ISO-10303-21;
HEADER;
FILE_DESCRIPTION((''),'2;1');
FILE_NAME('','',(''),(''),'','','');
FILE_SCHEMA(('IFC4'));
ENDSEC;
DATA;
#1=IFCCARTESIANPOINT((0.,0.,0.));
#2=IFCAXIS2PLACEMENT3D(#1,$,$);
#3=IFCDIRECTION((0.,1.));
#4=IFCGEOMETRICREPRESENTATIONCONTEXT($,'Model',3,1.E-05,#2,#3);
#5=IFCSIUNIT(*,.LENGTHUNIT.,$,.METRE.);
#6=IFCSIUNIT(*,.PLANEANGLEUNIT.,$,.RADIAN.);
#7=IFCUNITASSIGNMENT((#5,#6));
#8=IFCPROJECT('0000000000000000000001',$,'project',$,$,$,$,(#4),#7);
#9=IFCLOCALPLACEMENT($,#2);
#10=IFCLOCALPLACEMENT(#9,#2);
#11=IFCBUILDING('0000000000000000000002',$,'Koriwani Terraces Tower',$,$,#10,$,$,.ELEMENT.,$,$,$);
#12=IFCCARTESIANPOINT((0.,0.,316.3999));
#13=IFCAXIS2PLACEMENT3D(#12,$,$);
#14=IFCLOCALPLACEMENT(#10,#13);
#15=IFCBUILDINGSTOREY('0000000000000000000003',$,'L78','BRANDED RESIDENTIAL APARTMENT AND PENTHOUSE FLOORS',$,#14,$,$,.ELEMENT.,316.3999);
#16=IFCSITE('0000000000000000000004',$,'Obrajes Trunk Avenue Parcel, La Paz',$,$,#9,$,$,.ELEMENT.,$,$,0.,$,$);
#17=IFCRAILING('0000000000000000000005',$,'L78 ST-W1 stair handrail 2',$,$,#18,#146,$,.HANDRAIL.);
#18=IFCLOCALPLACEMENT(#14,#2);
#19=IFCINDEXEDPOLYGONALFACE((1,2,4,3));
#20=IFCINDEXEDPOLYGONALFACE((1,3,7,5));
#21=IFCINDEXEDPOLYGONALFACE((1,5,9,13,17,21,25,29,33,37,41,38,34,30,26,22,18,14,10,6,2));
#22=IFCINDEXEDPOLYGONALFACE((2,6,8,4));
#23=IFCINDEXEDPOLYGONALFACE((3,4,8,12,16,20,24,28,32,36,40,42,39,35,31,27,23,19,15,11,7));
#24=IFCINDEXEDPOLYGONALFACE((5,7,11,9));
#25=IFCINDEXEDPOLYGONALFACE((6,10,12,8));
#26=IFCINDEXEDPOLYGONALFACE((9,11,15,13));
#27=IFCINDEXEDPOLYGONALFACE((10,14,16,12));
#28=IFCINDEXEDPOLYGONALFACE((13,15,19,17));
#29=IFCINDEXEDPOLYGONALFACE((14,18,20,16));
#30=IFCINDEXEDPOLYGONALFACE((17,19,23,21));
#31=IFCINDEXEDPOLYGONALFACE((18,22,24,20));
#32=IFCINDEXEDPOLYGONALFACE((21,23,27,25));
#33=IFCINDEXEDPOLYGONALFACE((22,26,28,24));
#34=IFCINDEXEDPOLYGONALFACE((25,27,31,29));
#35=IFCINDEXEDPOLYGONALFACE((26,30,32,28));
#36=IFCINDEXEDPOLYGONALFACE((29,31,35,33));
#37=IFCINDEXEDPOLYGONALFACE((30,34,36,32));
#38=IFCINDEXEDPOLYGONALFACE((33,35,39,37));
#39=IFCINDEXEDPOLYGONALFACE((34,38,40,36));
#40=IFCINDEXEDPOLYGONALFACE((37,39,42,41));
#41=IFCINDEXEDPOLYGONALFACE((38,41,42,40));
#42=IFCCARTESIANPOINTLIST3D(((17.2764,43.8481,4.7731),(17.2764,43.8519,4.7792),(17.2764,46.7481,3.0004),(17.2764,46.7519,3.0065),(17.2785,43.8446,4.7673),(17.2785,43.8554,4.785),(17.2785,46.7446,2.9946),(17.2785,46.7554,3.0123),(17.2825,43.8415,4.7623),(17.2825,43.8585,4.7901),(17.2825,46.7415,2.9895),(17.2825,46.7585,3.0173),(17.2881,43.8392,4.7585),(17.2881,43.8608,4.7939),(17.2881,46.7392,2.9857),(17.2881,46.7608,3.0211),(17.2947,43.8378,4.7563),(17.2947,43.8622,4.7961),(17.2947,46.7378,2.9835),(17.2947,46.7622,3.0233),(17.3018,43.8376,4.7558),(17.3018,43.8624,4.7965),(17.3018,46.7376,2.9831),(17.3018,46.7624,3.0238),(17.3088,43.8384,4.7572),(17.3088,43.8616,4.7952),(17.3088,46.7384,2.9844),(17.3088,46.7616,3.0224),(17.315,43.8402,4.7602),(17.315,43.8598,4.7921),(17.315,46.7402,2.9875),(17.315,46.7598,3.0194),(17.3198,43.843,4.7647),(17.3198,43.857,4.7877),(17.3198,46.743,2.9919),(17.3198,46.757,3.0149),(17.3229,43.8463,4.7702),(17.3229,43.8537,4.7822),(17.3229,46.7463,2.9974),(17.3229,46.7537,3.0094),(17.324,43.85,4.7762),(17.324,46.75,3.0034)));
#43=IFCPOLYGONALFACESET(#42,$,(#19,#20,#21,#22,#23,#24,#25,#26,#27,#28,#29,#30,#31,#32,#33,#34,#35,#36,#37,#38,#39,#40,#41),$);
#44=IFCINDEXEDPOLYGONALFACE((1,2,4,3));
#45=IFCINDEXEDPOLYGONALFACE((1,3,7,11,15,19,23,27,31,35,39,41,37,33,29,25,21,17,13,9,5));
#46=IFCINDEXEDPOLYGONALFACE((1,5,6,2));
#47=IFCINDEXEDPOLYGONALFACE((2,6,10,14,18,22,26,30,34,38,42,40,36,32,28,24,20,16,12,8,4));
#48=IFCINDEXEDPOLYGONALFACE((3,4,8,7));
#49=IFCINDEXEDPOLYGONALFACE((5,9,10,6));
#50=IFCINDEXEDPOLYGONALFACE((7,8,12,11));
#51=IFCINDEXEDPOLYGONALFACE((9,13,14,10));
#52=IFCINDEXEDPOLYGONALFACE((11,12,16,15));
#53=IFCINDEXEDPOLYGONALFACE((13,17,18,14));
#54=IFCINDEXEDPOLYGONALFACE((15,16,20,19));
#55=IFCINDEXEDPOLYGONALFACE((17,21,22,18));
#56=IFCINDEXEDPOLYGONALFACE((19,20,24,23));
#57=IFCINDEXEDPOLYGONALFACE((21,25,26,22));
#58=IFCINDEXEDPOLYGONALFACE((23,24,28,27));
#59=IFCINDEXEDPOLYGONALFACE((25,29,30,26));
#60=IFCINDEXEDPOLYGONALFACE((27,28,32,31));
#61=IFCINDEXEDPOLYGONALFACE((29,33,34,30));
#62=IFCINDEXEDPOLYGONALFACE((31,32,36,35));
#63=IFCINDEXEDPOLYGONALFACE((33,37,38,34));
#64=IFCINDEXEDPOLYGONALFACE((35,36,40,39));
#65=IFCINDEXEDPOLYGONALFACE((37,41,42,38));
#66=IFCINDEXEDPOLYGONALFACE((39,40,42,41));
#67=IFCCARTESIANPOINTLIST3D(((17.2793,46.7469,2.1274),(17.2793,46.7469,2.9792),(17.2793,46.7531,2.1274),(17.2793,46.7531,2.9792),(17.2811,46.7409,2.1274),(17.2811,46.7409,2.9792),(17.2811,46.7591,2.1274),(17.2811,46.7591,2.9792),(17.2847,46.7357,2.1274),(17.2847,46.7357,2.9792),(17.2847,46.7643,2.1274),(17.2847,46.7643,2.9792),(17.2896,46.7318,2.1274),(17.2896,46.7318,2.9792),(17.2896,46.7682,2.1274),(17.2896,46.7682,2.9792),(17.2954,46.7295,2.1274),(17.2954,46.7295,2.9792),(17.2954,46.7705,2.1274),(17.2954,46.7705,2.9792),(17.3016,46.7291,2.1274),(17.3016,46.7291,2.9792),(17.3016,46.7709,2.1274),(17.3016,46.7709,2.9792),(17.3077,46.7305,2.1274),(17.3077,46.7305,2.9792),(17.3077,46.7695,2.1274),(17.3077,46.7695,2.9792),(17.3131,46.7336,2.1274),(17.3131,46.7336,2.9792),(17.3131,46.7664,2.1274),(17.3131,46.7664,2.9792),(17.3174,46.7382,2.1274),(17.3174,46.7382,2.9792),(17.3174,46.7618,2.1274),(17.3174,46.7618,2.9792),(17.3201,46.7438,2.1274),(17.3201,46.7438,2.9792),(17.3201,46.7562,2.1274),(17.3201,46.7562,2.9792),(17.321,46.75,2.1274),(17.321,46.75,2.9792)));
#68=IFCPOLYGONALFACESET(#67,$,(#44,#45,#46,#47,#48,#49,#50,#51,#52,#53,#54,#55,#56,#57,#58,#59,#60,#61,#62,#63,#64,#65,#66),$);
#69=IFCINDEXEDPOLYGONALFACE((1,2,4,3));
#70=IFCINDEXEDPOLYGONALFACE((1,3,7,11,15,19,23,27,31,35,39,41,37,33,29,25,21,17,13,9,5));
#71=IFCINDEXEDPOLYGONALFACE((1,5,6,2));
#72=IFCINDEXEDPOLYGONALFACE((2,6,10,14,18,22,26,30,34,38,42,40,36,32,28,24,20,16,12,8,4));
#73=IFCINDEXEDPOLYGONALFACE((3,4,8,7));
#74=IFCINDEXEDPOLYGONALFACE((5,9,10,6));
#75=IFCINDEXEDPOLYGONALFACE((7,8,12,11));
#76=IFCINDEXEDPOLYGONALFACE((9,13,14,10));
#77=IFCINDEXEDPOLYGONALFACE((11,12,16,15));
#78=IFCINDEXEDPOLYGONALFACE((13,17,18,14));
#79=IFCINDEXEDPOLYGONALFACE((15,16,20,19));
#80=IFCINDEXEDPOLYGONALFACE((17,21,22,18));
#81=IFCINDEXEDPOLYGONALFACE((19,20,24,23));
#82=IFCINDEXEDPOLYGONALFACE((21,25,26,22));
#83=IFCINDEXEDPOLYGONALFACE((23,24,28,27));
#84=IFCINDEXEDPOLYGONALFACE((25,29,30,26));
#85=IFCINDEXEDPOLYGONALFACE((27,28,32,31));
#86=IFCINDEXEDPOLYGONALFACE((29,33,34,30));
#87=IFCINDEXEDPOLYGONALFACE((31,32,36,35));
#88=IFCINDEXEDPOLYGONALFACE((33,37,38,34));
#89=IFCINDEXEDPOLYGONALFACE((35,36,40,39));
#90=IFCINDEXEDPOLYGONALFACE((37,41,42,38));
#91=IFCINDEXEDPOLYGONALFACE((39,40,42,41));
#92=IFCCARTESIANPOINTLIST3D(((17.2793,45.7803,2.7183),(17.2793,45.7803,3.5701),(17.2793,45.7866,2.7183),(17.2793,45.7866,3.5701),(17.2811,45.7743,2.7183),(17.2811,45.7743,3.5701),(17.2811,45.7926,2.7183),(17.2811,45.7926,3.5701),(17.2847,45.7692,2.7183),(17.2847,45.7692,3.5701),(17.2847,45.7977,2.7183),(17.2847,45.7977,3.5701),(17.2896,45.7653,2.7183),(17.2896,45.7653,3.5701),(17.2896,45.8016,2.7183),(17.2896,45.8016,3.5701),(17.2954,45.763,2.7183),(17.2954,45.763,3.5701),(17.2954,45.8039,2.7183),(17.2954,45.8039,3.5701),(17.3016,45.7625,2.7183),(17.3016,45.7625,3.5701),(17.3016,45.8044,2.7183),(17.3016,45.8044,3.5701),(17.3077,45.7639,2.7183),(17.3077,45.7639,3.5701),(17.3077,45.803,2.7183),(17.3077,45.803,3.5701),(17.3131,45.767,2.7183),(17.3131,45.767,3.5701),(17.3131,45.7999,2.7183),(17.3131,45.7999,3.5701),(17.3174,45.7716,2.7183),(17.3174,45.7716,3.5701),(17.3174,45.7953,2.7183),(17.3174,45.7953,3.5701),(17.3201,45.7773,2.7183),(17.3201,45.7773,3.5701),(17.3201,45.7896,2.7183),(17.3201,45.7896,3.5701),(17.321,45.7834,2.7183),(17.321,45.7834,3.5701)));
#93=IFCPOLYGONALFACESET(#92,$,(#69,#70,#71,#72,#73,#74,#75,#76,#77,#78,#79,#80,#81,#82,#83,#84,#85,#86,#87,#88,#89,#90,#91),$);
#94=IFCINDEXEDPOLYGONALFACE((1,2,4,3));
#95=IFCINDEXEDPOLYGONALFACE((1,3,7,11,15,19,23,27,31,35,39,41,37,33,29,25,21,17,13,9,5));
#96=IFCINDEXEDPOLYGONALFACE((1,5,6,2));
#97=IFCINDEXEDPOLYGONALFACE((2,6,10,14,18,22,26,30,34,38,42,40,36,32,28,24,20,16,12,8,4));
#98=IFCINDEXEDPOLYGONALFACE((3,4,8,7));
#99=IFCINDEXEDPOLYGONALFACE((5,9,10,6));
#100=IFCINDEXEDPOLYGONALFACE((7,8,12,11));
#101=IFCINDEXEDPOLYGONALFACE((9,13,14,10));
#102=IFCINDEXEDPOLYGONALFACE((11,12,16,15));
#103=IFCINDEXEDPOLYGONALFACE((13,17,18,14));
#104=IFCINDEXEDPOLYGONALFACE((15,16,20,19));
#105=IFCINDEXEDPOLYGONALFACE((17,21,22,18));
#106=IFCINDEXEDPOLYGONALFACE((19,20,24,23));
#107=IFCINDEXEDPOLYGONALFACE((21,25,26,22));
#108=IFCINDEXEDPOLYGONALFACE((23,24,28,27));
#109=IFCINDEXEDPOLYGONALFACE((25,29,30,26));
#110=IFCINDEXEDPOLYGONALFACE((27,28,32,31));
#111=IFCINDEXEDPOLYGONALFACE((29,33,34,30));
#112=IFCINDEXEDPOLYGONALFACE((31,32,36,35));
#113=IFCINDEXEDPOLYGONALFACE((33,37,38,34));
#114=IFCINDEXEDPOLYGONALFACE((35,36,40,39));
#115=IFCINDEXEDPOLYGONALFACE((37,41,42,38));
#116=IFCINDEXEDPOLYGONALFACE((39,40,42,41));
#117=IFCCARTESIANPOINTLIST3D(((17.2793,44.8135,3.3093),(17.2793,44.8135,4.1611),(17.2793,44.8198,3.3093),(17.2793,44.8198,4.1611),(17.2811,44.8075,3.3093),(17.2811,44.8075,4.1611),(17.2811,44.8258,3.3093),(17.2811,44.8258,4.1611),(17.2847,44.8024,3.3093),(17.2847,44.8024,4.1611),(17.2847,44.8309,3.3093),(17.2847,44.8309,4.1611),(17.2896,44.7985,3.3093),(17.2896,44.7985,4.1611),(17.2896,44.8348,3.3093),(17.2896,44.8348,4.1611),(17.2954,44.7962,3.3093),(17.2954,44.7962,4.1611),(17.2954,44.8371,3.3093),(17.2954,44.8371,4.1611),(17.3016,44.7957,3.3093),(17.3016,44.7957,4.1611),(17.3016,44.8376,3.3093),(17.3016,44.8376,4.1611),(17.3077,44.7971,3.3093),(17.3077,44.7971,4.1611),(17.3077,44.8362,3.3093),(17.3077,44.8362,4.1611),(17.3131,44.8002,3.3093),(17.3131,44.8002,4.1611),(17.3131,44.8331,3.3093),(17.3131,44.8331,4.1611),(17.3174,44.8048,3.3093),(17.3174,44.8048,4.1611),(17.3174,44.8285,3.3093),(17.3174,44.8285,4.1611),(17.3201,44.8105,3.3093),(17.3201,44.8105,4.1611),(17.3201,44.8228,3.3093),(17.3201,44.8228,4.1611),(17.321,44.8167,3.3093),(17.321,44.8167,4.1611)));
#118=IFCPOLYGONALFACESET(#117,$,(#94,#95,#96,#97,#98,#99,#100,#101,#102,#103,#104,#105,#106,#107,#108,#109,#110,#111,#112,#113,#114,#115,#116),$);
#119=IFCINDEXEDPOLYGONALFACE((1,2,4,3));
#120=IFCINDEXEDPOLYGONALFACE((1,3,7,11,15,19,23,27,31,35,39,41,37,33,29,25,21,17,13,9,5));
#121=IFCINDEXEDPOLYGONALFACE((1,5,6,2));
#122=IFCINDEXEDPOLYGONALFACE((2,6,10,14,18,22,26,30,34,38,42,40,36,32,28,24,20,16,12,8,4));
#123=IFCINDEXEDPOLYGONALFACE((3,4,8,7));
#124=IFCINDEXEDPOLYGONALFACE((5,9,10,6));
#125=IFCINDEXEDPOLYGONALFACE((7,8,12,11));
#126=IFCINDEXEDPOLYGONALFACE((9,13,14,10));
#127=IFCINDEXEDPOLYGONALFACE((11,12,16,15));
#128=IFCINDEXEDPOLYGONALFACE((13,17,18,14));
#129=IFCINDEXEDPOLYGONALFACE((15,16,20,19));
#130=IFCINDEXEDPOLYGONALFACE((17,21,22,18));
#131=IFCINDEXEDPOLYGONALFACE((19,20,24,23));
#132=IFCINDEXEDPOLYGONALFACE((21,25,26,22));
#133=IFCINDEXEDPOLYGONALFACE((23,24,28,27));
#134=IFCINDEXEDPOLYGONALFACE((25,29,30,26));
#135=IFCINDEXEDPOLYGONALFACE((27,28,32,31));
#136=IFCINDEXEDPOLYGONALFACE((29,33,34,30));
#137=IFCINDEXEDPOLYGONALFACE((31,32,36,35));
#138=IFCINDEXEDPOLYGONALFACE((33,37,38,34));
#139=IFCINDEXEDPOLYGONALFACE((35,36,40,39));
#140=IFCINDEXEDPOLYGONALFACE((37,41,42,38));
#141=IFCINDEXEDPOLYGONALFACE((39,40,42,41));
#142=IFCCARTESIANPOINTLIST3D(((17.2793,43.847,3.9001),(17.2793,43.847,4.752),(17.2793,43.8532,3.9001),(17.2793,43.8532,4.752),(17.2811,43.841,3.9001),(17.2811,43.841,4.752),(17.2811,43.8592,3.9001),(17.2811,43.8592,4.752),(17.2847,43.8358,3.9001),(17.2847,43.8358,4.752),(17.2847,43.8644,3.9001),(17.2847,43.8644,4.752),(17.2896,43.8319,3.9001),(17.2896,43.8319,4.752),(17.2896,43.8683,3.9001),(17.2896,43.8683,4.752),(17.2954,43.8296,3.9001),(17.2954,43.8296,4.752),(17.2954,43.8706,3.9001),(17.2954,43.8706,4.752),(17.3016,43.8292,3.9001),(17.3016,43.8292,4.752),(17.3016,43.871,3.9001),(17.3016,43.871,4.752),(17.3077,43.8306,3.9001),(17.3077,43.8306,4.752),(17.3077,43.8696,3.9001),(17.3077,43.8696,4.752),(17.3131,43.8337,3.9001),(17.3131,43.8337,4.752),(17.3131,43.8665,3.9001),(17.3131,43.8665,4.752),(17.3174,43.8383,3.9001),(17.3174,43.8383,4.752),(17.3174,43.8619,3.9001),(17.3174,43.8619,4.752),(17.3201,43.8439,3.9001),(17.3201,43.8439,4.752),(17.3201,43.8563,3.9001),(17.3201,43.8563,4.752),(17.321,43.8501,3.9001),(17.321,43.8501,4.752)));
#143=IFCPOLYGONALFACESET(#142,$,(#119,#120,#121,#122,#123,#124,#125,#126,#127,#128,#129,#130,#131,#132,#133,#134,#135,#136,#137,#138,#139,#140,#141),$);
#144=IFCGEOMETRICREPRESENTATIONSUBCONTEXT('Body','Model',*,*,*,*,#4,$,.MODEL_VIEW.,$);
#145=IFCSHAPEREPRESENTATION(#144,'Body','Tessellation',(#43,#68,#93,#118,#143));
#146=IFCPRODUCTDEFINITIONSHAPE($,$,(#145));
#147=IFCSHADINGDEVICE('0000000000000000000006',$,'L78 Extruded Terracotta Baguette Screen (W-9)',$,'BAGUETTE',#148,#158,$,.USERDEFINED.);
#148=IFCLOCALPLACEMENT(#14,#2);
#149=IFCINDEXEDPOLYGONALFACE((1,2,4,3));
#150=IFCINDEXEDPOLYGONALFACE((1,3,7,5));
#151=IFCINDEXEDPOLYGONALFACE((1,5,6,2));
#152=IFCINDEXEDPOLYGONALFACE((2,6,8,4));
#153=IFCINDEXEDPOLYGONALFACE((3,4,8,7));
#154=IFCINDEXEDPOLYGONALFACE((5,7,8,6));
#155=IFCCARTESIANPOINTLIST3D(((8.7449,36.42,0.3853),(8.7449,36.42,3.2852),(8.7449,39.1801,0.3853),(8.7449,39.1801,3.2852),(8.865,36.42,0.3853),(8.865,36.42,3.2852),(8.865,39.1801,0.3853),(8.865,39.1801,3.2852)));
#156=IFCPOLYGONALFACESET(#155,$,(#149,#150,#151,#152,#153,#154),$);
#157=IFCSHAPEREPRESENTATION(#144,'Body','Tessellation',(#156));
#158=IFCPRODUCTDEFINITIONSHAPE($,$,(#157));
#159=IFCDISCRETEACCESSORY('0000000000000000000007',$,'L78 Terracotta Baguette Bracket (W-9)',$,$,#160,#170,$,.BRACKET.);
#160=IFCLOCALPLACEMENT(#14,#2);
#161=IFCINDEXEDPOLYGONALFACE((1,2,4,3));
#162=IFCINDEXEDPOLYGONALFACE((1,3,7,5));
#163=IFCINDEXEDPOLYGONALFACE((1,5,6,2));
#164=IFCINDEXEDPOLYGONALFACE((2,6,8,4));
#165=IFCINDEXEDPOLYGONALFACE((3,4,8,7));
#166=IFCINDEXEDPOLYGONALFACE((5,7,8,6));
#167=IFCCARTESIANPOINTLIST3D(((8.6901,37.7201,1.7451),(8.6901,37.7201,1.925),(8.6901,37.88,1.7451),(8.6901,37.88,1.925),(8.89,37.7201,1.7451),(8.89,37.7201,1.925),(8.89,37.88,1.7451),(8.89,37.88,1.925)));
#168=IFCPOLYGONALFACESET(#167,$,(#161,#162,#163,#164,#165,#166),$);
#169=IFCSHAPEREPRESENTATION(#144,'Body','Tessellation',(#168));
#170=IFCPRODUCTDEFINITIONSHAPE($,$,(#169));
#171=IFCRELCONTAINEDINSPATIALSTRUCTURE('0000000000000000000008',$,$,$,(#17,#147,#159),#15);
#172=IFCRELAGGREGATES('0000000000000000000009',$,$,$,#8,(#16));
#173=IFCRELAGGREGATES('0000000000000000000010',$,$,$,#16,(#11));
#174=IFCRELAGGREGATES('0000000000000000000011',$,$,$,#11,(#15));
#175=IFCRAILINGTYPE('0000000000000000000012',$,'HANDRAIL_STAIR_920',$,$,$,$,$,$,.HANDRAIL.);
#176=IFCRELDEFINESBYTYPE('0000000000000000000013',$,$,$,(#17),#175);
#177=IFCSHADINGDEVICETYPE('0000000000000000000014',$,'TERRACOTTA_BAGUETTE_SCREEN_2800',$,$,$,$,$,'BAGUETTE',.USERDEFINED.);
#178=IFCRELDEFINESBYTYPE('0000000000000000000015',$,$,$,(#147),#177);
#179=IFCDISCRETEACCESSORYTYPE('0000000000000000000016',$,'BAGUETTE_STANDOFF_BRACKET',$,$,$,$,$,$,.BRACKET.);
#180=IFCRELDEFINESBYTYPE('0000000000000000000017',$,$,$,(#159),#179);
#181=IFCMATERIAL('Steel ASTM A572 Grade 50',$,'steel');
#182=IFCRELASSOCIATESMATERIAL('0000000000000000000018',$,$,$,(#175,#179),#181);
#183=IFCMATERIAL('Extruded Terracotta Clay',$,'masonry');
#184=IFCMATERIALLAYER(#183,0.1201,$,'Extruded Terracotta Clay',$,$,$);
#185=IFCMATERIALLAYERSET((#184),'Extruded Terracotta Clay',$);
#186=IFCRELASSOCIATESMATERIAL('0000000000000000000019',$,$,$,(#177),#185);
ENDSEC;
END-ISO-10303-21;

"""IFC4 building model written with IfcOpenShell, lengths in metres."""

from ifc_helpers import new_model, si_unit, direction, frame, origin, origin_2d, place, context, subcontext, project, spatial, rectangle, circle, extrude, material, layer, layer_set, type_object, element, save


model = new_model("IFC4")

# Units and contexts
model_context = context("Model", 3, precision=1e-05, world=origin(), true_north=direction((0.0, 1.0)))
body_context = subcontext(model_context, "Body", "Model", "MODEL_VIEW")
ifc_project = project(units=[si_unit("LENGTHUNIT", "METRE"), si_unit("PLANEANGLEUNIT", "RADIAN")], contexts=[model_context])

# Site, building, storey
site_placement = place(None, origin())
site = spatial("IfcSite", under=ifc_project, at=site_placement, Name="Obrajes Trunk Avenue Parcel, La Paz", CompositionType="ELEMENT", RefElevation=0.0)
building_placement = place(site_placement, origin())
building = spatial("IfcBuilding", under=site, at=building_placement, Name="Koriwani Terraces Tower", CompositionType="ELEMENT")
storey_placement = place(building_placement, frame((0.0, 0.0, 316.3999)))
storey = spatial("IfcBuildingStorey", under=building, at=storey_placement, Name="L78", Description="BRANDED RESIDENTIAL APARTMENT AND PENTHOUSE FLOORS", CompositionType="ELEMENT", Elevation=316.3999)

# Shared definitions
ifc_material_1 = material(Name="Steel ASTM A572 Grade 50", Category="steel")

# Railing
railing_type_1 = type_object("IfcRailingType", Name="HANDRAIL_STAIR_920", PredefinedType="HANDRAIL", material=ifc_material_1)
railing_1_placement = place(storey_placement, frame((17.3, 46.75, 2.1274)))
element("IfcRailing", 1, at=railing_1_placement, inside=storey, type_object=railing_type_1, Name="L78 ST-W1 stair handrail 2", PredefinedType="HANDRAIL", context=body_context, shape_type="SweptSolid", body=[
    extrude(circle(Radius=0.0239, at=origin_2d()), frame((0.0, 0.0, 0.876), z_axis=(0.0, -0.853211, 0.521566), x_axis=(1.0, 0.0, 0.0)), (0.0, 0.0, 1.0), 3.3989),
    extrude(circle(Radius=0.021, at=origin_2d()), origin(), (0.0, 0.0, 1.0), 0.8518),
    extrude(circle(Radius=0.021, at=origin_2d()), frame((0.0, -0.9666, 0.5908)), (0.0, 0.0, 1.0), 0.8518),
    extrude(circle(Radius=0.021, at=origin_2d()), frame((0.0, -1.9333, 1.1819)), (0.0, 0.0, 1.0), 0.8518),
    extrude(circle(Radius=0.021, at=origin_2d()), frame((0.0, -2.8999, 1.7727)), (0.0, 0.0, 1.0), 0.8518),
])

# Shading device
ifc_material_2 = material(Name="Extruded Terracotta Clay", Category="masonry")
ifc_layer_1 = layer(ifc_material_2, 0.1201, Name="Extruded Terracotta Clay")
ifc_layer_set_1 = layer_set([ifc_layer_1], Name="Extruded Terracotta Clay")
shading_device_type = type_object("IfcShadingDeviceType", Name="TERRACOTTA_BAGUETTE_SCREEN_2800", ElementType="BAGUETTE", PredefinedType="USERDEFINED", material=ifc_layer_set_1)
shading_device_placement = place(storey_placement, frame((8.8049, 37.8, 0.3853), z_axis=(0.0, 0.0, 1.0), x_axis=(0.0, 1.0, 0.0)))
element("IfcShadingDevice", 2, at=shading_device_placement, inside=storey, type_object=shading_device_type, Name="L78 Extruded Terracotta Baguette Screen (W-9)", ObjectType="BAGUETTE", PredefinedType="USERDEFINED", context=body_context, shape_type="SweptSolid", body=[
    extrude(rectangle(XDim=2.76, YDim=0.1201, at=origin_2d()), origin(), (0.0, 0.0, 1.0), 2.8999),
])

# Discrete accessory
discrete_accessory_type = type_object("IfcDiscreteAccessoryType", Name="BAGUETTE_STANDOFF_BRACKET", PredefinedType="BRACKET", material=ifc_material_1)
discrete_accessory_placement = place(storey_placement, frame((8.79, 37.8, 1.7451), z_axis=(0.0, 0.0, 1.0), x_axis=(0.0, 1.0, 0.0)))
element("IfcDiscreteAccessory", 3, at=discrete_accessory_placement, inside=storey, type_object=discrete_accessory_type, Name="L78 Terracotta Baguette Bracket (W-9)", PredefinedType="BRACKET", context=body_context, shape_type="SweptSolid", body=[
    extrude(rectangle(XDim=0.1599, YDim=0.2, at=origin_2d()), origin(), (0.0, 0.0, 1.0), 0.1799),
])

save(model, "model.ifc")
